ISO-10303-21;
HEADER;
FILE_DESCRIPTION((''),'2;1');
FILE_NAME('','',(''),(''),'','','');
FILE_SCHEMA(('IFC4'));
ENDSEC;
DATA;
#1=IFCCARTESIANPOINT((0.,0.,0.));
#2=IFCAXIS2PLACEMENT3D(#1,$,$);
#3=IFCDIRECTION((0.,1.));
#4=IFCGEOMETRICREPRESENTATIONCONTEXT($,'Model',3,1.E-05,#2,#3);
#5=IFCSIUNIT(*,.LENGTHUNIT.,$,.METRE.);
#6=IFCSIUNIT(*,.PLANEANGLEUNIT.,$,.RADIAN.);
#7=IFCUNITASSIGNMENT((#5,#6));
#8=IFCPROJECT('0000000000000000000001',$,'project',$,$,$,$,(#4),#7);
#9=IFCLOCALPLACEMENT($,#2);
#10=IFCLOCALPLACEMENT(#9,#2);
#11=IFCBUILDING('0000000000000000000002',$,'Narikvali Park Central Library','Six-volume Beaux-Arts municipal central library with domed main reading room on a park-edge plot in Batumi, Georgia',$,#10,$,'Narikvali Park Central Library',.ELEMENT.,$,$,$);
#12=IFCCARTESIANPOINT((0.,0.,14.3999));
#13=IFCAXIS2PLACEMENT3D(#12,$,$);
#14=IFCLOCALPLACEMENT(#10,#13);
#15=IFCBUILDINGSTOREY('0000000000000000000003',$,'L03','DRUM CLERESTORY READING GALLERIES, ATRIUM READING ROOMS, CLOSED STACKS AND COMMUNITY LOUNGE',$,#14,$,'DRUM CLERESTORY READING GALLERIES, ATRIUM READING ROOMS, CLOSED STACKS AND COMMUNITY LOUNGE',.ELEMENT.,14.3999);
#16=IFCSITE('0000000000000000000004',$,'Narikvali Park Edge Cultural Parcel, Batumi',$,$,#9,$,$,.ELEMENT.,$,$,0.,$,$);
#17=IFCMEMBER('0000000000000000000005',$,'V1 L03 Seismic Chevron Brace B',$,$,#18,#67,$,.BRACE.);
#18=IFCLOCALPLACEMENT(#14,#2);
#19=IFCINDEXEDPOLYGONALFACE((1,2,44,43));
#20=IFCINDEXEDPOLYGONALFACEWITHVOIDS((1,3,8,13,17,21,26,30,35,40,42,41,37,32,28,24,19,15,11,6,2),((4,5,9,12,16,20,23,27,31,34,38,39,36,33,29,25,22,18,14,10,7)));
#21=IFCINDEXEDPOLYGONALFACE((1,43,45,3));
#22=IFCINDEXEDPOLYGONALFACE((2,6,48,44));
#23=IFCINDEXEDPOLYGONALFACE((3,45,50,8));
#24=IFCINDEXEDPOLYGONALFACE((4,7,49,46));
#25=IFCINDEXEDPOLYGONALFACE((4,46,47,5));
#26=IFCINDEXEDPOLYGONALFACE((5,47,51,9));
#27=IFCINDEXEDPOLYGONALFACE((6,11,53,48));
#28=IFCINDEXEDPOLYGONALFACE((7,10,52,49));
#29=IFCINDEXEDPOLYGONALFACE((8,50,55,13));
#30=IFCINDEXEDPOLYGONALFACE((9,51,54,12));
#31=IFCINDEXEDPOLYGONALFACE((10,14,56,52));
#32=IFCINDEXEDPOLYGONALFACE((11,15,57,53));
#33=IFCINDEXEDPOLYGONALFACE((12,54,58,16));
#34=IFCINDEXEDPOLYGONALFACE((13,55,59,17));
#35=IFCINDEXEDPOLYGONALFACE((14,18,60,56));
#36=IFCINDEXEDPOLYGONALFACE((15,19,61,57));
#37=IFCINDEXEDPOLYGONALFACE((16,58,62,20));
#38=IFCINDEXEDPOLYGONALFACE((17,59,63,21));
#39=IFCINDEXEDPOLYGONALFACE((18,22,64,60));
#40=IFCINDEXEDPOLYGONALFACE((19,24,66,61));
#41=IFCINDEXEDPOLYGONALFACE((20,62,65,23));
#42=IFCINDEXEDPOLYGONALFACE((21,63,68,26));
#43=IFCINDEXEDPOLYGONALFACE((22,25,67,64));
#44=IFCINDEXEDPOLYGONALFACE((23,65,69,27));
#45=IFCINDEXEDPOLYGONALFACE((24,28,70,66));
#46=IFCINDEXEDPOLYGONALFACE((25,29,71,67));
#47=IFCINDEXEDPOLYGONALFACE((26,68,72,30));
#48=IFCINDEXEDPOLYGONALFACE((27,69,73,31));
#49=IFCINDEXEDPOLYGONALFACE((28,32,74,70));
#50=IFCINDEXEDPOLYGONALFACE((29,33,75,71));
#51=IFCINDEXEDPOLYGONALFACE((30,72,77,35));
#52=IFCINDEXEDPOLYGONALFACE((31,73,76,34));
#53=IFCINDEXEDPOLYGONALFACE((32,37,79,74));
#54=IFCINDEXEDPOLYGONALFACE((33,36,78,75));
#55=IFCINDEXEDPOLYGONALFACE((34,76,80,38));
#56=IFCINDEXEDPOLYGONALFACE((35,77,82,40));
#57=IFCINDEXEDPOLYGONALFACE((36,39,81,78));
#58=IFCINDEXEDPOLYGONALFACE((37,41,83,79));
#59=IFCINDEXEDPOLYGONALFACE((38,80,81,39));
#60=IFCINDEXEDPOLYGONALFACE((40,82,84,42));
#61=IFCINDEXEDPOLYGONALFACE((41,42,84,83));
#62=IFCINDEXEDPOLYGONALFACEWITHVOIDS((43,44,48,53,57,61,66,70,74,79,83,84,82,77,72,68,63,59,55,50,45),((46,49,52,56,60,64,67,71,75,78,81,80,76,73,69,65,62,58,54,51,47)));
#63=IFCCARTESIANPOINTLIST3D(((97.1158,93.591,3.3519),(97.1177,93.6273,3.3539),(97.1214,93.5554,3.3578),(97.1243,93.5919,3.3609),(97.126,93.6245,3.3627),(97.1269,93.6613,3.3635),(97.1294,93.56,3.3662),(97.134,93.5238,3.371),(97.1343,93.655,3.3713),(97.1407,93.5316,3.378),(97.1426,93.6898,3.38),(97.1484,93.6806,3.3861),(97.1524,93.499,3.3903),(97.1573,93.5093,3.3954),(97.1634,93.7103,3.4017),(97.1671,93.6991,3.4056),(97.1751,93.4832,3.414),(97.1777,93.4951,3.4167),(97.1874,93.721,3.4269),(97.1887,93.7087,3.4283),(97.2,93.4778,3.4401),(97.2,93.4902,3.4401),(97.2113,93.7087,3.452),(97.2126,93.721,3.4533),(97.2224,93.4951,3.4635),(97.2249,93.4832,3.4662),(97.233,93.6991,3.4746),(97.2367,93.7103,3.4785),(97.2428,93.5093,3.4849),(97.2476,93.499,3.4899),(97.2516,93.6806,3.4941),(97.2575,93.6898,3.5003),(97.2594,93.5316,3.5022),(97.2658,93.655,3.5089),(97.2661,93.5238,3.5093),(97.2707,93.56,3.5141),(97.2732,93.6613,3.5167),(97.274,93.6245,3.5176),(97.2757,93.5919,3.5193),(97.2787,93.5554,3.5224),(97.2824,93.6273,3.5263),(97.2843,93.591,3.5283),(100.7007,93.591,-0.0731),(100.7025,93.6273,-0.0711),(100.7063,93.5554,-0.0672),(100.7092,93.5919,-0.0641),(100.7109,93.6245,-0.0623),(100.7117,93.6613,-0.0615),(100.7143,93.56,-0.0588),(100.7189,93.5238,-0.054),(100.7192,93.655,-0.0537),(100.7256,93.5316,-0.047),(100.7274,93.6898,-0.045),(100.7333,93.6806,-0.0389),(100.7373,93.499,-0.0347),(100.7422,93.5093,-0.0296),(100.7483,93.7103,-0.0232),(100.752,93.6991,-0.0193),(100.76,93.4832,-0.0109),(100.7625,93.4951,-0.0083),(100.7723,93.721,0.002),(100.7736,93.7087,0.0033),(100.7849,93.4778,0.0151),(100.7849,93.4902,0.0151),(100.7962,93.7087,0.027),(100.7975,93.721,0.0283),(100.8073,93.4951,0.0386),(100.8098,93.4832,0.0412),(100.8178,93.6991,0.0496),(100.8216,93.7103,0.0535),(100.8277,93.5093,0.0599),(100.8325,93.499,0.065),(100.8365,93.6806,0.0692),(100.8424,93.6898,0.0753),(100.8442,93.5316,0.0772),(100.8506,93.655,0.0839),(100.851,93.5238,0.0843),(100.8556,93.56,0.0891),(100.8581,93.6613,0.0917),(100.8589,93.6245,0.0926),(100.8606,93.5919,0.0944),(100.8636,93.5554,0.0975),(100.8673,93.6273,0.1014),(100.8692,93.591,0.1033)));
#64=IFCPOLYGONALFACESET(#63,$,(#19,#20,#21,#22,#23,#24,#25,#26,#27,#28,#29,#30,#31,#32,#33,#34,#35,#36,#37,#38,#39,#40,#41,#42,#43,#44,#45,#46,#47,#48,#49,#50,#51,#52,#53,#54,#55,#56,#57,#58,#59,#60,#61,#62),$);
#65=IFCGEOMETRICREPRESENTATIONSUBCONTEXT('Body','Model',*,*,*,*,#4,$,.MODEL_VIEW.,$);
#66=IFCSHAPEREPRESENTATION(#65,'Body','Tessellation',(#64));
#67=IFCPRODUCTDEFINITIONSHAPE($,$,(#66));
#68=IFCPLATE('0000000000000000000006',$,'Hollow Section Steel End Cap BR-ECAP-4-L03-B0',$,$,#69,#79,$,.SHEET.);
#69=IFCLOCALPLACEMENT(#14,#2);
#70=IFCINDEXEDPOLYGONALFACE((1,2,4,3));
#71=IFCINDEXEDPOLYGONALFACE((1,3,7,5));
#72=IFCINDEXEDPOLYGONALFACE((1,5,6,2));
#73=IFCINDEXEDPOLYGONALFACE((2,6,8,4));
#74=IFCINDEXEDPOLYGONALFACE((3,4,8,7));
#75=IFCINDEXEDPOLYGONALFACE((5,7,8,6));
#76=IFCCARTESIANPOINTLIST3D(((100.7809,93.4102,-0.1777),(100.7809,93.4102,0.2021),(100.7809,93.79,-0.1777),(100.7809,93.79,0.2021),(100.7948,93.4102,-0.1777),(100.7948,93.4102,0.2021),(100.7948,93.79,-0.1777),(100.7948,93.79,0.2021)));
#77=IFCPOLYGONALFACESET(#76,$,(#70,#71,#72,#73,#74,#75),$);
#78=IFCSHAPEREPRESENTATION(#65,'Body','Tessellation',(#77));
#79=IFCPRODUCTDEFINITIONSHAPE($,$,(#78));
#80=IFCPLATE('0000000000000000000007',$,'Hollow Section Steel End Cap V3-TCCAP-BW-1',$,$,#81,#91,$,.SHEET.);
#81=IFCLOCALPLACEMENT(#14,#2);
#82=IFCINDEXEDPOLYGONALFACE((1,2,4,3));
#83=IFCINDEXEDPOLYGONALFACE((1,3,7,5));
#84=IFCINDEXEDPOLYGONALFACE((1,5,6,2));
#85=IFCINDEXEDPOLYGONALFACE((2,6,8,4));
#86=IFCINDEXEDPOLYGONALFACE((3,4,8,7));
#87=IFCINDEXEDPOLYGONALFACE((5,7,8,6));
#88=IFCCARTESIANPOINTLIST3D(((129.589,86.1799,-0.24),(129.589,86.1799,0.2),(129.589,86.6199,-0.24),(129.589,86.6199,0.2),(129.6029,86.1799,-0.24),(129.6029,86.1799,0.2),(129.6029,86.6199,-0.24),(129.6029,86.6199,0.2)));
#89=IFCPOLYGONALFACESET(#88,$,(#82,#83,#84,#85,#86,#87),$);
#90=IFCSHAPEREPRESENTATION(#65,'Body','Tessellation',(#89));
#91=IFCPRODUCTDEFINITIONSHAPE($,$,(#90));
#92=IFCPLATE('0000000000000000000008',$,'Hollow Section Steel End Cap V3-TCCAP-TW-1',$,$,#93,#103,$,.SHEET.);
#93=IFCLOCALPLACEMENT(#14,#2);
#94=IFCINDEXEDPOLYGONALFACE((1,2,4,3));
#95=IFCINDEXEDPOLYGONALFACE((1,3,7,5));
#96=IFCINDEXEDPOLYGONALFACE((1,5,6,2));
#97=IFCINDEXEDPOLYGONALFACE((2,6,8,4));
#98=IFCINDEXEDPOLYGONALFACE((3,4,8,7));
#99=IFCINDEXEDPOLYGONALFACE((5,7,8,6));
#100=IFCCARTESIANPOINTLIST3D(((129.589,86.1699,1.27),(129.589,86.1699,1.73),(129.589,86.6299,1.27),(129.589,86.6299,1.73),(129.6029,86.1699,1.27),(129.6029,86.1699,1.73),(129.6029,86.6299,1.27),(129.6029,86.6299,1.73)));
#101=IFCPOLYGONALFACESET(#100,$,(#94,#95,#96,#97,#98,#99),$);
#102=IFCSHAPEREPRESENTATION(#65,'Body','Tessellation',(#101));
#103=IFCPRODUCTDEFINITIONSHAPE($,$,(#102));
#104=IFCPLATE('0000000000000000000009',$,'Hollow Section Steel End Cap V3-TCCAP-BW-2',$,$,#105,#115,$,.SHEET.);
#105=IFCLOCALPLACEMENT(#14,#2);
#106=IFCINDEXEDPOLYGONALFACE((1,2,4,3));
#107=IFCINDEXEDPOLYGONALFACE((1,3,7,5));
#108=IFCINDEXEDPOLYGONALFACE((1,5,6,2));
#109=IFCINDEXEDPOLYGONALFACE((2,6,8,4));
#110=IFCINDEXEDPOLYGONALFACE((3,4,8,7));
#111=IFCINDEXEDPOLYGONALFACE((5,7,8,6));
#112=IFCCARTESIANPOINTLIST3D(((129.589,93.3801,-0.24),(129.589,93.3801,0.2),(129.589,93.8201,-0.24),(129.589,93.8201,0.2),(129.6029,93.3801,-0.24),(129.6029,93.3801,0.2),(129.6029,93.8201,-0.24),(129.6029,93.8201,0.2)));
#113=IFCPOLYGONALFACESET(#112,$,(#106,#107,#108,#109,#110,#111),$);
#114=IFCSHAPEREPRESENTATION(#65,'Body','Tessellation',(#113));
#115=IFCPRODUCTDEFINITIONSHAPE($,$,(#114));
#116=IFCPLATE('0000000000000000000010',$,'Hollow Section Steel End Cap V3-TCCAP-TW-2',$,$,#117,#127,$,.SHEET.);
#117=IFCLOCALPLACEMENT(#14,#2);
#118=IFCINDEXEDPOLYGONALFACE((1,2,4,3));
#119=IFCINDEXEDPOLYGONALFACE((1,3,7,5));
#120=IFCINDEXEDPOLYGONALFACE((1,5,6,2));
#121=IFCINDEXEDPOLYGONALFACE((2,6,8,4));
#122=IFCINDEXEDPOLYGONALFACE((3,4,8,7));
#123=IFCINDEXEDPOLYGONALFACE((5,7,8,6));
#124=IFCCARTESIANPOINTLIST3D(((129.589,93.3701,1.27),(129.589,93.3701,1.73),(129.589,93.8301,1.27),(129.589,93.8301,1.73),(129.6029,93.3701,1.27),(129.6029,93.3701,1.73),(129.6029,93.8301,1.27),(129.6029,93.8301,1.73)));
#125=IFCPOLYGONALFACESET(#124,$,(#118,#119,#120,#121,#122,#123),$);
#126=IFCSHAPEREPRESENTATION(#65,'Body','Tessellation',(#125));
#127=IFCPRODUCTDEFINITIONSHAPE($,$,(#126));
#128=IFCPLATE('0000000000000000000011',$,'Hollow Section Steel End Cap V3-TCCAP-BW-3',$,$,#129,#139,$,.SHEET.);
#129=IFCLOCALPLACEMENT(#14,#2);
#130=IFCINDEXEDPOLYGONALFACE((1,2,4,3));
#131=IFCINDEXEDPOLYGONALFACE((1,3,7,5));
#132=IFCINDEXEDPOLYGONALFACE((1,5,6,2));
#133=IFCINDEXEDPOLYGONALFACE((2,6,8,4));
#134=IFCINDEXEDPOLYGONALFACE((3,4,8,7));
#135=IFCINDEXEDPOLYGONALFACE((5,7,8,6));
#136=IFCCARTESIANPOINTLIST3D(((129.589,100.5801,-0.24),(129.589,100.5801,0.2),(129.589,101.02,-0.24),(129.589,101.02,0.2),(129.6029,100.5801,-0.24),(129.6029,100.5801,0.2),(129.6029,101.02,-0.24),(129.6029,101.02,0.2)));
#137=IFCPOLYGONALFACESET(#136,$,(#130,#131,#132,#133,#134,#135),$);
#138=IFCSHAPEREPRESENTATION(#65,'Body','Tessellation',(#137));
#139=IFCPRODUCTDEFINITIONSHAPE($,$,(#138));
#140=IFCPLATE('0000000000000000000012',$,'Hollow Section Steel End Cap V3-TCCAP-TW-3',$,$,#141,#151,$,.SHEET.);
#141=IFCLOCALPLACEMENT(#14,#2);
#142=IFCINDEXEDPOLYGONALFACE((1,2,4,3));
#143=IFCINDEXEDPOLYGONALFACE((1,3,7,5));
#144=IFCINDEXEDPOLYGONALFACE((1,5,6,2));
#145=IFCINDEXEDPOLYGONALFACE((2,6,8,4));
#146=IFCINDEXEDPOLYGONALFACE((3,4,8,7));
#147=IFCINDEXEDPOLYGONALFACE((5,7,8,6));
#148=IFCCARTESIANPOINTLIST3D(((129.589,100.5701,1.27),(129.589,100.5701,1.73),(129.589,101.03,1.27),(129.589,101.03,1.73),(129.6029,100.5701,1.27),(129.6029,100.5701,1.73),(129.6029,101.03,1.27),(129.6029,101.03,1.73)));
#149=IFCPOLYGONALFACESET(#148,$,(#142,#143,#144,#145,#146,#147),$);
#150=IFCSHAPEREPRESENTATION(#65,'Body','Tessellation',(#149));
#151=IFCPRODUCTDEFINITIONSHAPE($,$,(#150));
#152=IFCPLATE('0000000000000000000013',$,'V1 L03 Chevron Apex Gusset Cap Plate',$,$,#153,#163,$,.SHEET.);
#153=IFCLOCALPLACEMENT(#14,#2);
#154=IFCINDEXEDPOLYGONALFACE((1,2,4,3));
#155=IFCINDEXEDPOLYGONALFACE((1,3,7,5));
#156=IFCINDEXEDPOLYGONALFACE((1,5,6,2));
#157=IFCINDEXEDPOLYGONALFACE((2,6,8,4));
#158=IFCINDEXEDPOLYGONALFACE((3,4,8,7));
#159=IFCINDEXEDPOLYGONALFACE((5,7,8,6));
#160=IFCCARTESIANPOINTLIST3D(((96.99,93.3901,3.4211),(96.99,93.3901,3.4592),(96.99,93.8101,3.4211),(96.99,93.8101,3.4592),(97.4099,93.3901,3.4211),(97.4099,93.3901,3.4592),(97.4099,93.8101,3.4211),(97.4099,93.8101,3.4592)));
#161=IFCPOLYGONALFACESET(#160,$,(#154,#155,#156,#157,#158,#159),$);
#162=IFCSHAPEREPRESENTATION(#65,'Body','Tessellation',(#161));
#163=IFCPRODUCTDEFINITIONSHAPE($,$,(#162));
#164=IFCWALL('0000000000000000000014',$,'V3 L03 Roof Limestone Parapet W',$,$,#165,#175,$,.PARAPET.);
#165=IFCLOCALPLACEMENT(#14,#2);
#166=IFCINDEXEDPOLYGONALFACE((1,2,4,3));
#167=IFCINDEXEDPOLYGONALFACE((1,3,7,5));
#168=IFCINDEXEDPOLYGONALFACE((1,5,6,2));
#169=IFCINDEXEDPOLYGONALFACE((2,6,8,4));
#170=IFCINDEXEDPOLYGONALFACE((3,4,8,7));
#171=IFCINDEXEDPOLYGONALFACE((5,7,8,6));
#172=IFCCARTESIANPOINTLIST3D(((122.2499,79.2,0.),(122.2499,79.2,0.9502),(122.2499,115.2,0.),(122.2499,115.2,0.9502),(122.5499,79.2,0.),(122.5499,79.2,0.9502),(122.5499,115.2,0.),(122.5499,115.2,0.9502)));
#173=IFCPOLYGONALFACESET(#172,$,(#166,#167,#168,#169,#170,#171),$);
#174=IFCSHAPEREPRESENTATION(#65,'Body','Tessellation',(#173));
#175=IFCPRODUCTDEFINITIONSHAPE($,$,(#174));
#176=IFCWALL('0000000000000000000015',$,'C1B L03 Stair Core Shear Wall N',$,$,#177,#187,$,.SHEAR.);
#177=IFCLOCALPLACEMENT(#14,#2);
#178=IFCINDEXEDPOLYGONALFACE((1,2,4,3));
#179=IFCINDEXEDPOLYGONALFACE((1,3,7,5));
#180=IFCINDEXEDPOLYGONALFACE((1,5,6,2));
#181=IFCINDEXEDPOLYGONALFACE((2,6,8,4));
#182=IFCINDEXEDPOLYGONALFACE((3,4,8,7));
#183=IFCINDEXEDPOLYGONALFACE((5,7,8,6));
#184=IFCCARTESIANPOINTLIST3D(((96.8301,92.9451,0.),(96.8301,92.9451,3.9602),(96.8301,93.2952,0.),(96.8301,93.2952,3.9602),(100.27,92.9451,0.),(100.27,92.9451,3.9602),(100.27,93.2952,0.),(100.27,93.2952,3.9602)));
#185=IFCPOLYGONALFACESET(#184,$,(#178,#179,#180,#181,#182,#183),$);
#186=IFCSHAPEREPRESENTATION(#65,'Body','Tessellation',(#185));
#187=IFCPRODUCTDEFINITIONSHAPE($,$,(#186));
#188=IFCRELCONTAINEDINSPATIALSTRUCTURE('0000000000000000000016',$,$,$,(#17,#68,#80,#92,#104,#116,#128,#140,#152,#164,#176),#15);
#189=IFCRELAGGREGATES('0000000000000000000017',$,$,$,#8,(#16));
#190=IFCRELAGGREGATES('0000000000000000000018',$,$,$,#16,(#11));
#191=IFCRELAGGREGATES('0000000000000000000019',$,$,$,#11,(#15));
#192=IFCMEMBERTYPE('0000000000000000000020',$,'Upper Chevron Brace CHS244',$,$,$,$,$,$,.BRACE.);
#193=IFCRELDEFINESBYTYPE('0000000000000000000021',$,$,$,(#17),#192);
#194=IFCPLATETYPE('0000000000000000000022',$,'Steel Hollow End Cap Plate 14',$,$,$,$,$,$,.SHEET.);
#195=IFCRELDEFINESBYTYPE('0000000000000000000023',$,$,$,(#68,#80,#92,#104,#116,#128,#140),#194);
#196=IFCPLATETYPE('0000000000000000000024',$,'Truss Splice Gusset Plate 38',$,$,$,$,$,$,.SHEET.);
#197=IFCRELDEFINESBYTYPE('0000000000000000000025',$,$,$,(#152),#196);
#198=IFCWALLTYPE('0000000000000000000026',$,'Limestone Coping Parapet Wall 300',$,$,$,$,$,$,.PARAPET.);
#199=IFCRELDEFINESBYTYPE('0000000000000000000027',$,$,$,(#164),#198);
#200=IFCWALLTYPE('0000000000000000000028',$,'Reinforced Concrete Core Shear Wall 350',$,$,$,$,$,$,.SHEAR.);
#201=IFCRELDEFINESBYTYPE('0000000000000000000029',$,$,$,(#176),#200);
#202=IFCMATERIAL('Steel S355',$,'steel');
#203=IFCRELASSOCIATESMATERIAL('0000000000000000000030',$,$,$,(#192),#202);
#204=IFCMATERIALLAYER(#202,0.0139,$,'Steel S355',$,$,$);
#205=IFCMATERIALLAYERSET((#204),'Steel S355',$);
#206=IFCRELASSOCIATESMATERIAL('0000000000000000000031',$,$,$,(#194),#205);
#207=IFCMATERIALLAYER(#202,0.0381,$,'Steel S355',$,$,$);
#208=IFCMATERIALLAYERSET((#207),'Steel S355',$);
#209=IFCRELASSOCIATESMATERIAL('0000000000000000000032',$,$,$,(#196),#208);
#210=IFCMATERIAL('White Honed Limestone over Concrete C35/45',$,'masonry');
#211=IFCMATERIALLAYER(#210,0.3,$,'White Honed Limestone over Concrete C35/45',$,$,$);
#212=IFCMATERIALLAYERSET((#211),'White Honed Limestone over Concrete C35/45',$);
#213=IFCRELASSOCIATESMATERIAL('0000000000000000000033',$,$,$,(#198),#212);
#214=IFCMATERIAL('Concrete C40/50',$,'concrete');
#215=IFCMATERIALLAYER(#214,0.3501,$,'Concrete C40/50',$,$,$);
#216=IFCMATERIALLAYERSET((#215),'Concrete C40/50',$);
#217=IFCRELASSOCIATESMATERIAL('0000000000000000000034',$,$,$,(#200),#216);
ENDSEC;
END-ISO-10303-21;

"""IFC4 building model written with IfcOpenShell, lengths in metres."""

from ifc_helpers import new_model, si_unit, direction, frame, frame_2d, origin, origin_2d, place, context, subcontext, project, spatial, rectangle, hollow_circle, extrude, material, layer, layer_set, material_profile, profile_set, type_object, element, save


model = new_model("IFC4")

# Units and contexts
model_context = context("Model", 3, precision=1e-05, world=origin(), true_north=direction((0.0, 1.0)))
body_context = subcontext(model_context, "Body", "Model", "MODEL_VIEW")
ifc_project = project(units=[si_unit("LENGTHUNIT", "METRE"), si_unit("PLANEANGLEUNIT", "RADIAN")], contexts=[model_context])

# Site, building, storey
site_placement = place(None, origin())
site = spatial("IfcSite", under=ifc_project, at=site_placement, Name="Narikvali Park Edge Cultural Parcel, Batumi", CompositionType="ELEMENT", RefElevation=0.0)
building_placement = place(site_placement, origin())
building = spatial("IfcBuilding", under=site, at=building_placement, Name="Narikvali Park Central Library", Description="Six-volume Beaux-Arts municipal central library with domed main reading room on a park-edge plot in Batumi, Georgia", LongName="Narikvali Park Central Library", CompositionType="ELEMENT")
storey_placement = place(building_placement, frame((0.0, 0.0, 14.3999)))
storey = spatial("IfcBuildingStorey", under=building, at=storey_placement, Name="L03", Description="DRUM CLERESTORY READING GALLERIES, ATRIUM READING ROOMS, CLOSED STACKS AND COMMUNITY LOUNGE", LongName="DRUM CLERESTORY READING GALLERIES, ATRIUM READING ROOMS, CLOSED STACKS AND COMMUNITY LOUNGE", CompositionType="ELEMENT", Elevation=14.3999)

# Shared definitions
ifc_material_1 = material(Name="Steel S355", Category="steel")

# Member
ifc_material_profile_1 = material_profile(ifc_material_1, hollow_circle(Radius=0.1223, WallThickness=0.0125, at=origin_2d()), Name="CHS 244.5x12.5")
ifc_profile_set_1 = profile_set([ifc_material_profile_1], Name="Steel S355")
member_type = type_object("IfcMemberType", Name="Upper Chevron Brace CHS244", PredefinedType="BRACE", material=ifc_profile_set_1)
member_placement = place(storey_placement, frame((100.7849, 93.6001, 0.0151), z_axis=(-0.723049, 0.0, 0.690797), x_axis=(0.0, -1.0, 0.0)))
element("IfcMember", 1, at=member_placement, inside=storey, type_object=member_type, Name="V1 L03 Seismic Chevron Brace B", PredefinedType="BRACE", context=body_context, shape_type="SweptSolid", body=[
    extrude(hollow_circle(Radius=0.1223, WallThickness=0.0125, at=origin_2d()), origin(), (0.0, 0.0, 1.0), 4.958),
])

# Plates
ifc_layer_1 = layer(ifc_material_1, 0.0139, Name="Steel S355")
ifc_layer_set_1 = layer_set([ifc_layer_1], Name="Steel S355")
plate_type_1 = type_object("IfcPlateType", Name="Steel Hollow End Cap Plate 14", PredefinedType="SHEET", material=ifc_layer_set_1)
plate_1_placement = place(storey_placement, frame((100.7878, 93.6001, -0.1777), z_axis=(0.0, 0.0, 1.0), x_axis=(1.0, 0.0, 0.0)))
element("IfcPlate", 2, at=plate_1_placement, inside=storey, type_object=plate_type_1, Name="Hollow Section Steel End Cap BR-ECAP-4-L03-B0", PredefinedType="SHEET", context=body_context, shape_type="SweptSolid", body=[
    extrude(rectangle(XDim=0.0139, YDim=0.3799, at=origin_2d()), origin(), (0.0, 0.0, 1.0), 0.3799),
])
plate_2_placement = place(storey_placement, frame((129.5959, 86.3999, -0.24), z_axis=(0.0, 0.0, 1.0), x_axis=(-1.0, 0.0, 0.0)))
element("IfcPlate", 3, at=plate_2_placement, inside=storey, type_object=plate_type_1, Name="Hollow Section Steel End Cap V3-TCCAP-BW-1", PredefinedType="SHEET", context=body_context, shape_type="SweptSolid", body=[
    extrude(rectangle(XDim=0.0139, YDim=0.4399, at=origin_2d()), origin(), (0.0, 0.0, 1.0), 0.4399),
])
plate_3_placement = place(storey_placement, frame((129.5959, 86.3999, 1.27), z_axis=(0.0, 0.0, 1.0), x_axis=(-1.0, 0.0, 0.0)))
element("IfcPlate", 4, at=plate_3_placement, inside=storey, type_object=plate_type_1, Name="Hollow Section Steel End Cap V3-TCCAP-TW-1", PredefinedType="SHEET", context=body_context, shape_type="SweptSolid", body=[
    extrude(rectangle(XDim=0.0139, YDim=0.46, at=origin_2d()), origin(), (0.0, 0.0, 1.0), 0.46),
])
plate_4_placement = place(storey_placement, frame((129.5959, 93.6001, -0.24), z_axis=(0.0, 0.0, 1.0), x_axis=(-1.0, 0.0, 0.0)))
element("IfcPlate", 5, at=plate_4_placement, inside=storey, type_object=plate_type_1, Name="Hollow Section Steel End Cap V3-TCCAP-BW-2", PredefinedType="SHEET", context=body_context, shape_type="SweptSolid", body=[
    extrude(rectangle(XDim=0.0139, YDim=0.4399, at=origin_2d()), origin(), (0.0, 0.0, 1.0), 0.4399),
])
plate_5_placement = place(storey_placement, frame((129.5959, 93.6001, 1.27), z_axis=(0.0, 0.0, 1.0), x_axis=(-1.0, 0.0, 0.0)))
element("IfcPlate", 6, at=plate_5_placement, inside=storey, type_object=plate_type_1, Name="Hollow Section Steel End Cap V3-TCCAP-TW-2", PredefinedType="SHEET", context=body_context, shape_type="SweptSolid", body=[
    extrude(rectangle(XDim=0.0139, YDim=0.46, at=origin_2d()), origin(), (0.0, 0.0, 1.0), 0.46),
])
plate_6_placement = place(storey_placement, frame((129.5959, 100.8, -0.24), z_axis=(0.0, 0.0, 1.0), x_axis=(-1.0, 0.0, 0.0)))
element("IfcPlate", 7, at=plate_6_placement, inside=storey, type_object=plate_type_1, Name="Hollow Section Steel End Cap V3-TCCAP-BW-3", PredefinedType="SHEET", context=body_context, shape_type="SweptSolid", body=[
    extrude(rectangle(XDim=0.0139, YDim=0.4399, at=origin_2d()), origin(), (0.0, 0.0, 1.0), 0.4399),
])
plate_7_placement = place(storey_placement, frame((129.5959, 100.8, 1.27), z_axis=(0.0, 0.0, 1.0), x_axis=(-1.0, 0.0, 0.0)))
element("IfcPlate", 8, at=plate_7_placement, inside=storey, type_object=plate_type_1, Name="Hollow Section Steel End Cap V3-TCCAP-TW-3", PredefinedType="SHEET", context=body_context, shape_type="SweptSolid", body=[
    extrude(rectangle(XDim=0.0139, YDim=0.46, at=origin_2d()), origin(), (0.0, 0.0, 1.0), 0.46),
])
ifc_layer_2 = layer(ifc_material_1, 0.0381, Name="Steel S355")
ifc_layer_set_2 = layer_set([ifc_layer_2], Name="Steel S355")
plate_type_2 = type_object("IfcPlateType", Name="Truss Splice Gusset Plate 38", PredefinedType="SHEET", material=ifc_layer_set_2)
plate_8_placement = place(storey_placement, frame((97.2, 93.6001, 3.4211), z_axis=(0.0, 0.0, 1.0), x_axis=(1.0, 0.0, 0.0)))
element("IfcPlate", 9, at=plate_8_placement, inside=storey, type_object=plate_type_2, Name="V1 L03 Chevron Apex Gusset Cap Plate", PredefinedType="SHEET", context=body_context, shape_type="SweptSolid", body=[
    extrude(rectangle(XDim=0.4199, YDim=0.4199, at=origin_2d()), origin(), (0.0, 0.0, 1.0), 0.0381),
])

# Walls
ifc_material_2 = material(Name="White Honed Limestone over Concrete C35/45", Category="masonry")
ifc_layer_3 = layer(ifc_material_2, 0.3, Name="White Honed Limestone over Concrete C35/45")
ifc_layer_set_3 = layer_set([ifc_layer_3], Name="White Honed Limestone over Concrete C35/45")
wall_type_1 = type_object("IfcWallType", Name="Limestone Coping Parapet Wall 300", PredefinedType="PARAPET", material=ifc_layer_set_3)
wall_1_placement = place(storey_placement, frame((122.3999, 115.2, 0.0), z_axis=(0.0, 0.0, 1.0), x_axis=(0.0, -1.0, 0.0)))
element("IfcWall", 10, at=wall_1_placement, inside=storey, type_object=wall_type_1, Name="V3 L03 Roof Limestone Parapet W", PredefinedType="PARAPET", context=body_context, shape_type="SweptSolid", body=[
    extrude(rectangle(XDim=36.0, YDim=0.3, at=frame_2d((18.0, 0.0))), origin(), (0.0, 0.0, 1.0), 0.9502),
])
ifc_material_3 = material(Name="Concrete C40/50", Category="concrete")
ifc_layer_4 = layer(ifc_material_3, 0.3501, Name="Concrete C40/50")
ifc_layer_set_4 = layer_set([ifc_layer_4], Name="Concrete C40/50")
wall_type_2 = type_object("IfcWallType", Name="Reinforced Concrete Core Shear Wall 350", PredefinedType="SHEAR", material=ifc_layer_set_4)
wall_2_placement = place(storey_placement, frame((100.27, 93.1201, 0.0), z_axis=(0.0, 0.0, 1.0), x_axis=(-1.0, 0.0, 0.0)))
element("IfcWall", 11, at=wall_2_placement, inside=storey, type_object=wall_type_2, Name="C1B L03 Stair Core Shear Wall N", PredefinedType="SHEAR", context=body_context, shape_type="SweptSolid", body=[
    extrude(rectangle(XDim=3.4399, YDim=0.3501, at=frame_2d((1.72, 0.0))), origin(), (0.0, 0.0, 1.0), 3.9602),
])

save(model, "model.ifc")
